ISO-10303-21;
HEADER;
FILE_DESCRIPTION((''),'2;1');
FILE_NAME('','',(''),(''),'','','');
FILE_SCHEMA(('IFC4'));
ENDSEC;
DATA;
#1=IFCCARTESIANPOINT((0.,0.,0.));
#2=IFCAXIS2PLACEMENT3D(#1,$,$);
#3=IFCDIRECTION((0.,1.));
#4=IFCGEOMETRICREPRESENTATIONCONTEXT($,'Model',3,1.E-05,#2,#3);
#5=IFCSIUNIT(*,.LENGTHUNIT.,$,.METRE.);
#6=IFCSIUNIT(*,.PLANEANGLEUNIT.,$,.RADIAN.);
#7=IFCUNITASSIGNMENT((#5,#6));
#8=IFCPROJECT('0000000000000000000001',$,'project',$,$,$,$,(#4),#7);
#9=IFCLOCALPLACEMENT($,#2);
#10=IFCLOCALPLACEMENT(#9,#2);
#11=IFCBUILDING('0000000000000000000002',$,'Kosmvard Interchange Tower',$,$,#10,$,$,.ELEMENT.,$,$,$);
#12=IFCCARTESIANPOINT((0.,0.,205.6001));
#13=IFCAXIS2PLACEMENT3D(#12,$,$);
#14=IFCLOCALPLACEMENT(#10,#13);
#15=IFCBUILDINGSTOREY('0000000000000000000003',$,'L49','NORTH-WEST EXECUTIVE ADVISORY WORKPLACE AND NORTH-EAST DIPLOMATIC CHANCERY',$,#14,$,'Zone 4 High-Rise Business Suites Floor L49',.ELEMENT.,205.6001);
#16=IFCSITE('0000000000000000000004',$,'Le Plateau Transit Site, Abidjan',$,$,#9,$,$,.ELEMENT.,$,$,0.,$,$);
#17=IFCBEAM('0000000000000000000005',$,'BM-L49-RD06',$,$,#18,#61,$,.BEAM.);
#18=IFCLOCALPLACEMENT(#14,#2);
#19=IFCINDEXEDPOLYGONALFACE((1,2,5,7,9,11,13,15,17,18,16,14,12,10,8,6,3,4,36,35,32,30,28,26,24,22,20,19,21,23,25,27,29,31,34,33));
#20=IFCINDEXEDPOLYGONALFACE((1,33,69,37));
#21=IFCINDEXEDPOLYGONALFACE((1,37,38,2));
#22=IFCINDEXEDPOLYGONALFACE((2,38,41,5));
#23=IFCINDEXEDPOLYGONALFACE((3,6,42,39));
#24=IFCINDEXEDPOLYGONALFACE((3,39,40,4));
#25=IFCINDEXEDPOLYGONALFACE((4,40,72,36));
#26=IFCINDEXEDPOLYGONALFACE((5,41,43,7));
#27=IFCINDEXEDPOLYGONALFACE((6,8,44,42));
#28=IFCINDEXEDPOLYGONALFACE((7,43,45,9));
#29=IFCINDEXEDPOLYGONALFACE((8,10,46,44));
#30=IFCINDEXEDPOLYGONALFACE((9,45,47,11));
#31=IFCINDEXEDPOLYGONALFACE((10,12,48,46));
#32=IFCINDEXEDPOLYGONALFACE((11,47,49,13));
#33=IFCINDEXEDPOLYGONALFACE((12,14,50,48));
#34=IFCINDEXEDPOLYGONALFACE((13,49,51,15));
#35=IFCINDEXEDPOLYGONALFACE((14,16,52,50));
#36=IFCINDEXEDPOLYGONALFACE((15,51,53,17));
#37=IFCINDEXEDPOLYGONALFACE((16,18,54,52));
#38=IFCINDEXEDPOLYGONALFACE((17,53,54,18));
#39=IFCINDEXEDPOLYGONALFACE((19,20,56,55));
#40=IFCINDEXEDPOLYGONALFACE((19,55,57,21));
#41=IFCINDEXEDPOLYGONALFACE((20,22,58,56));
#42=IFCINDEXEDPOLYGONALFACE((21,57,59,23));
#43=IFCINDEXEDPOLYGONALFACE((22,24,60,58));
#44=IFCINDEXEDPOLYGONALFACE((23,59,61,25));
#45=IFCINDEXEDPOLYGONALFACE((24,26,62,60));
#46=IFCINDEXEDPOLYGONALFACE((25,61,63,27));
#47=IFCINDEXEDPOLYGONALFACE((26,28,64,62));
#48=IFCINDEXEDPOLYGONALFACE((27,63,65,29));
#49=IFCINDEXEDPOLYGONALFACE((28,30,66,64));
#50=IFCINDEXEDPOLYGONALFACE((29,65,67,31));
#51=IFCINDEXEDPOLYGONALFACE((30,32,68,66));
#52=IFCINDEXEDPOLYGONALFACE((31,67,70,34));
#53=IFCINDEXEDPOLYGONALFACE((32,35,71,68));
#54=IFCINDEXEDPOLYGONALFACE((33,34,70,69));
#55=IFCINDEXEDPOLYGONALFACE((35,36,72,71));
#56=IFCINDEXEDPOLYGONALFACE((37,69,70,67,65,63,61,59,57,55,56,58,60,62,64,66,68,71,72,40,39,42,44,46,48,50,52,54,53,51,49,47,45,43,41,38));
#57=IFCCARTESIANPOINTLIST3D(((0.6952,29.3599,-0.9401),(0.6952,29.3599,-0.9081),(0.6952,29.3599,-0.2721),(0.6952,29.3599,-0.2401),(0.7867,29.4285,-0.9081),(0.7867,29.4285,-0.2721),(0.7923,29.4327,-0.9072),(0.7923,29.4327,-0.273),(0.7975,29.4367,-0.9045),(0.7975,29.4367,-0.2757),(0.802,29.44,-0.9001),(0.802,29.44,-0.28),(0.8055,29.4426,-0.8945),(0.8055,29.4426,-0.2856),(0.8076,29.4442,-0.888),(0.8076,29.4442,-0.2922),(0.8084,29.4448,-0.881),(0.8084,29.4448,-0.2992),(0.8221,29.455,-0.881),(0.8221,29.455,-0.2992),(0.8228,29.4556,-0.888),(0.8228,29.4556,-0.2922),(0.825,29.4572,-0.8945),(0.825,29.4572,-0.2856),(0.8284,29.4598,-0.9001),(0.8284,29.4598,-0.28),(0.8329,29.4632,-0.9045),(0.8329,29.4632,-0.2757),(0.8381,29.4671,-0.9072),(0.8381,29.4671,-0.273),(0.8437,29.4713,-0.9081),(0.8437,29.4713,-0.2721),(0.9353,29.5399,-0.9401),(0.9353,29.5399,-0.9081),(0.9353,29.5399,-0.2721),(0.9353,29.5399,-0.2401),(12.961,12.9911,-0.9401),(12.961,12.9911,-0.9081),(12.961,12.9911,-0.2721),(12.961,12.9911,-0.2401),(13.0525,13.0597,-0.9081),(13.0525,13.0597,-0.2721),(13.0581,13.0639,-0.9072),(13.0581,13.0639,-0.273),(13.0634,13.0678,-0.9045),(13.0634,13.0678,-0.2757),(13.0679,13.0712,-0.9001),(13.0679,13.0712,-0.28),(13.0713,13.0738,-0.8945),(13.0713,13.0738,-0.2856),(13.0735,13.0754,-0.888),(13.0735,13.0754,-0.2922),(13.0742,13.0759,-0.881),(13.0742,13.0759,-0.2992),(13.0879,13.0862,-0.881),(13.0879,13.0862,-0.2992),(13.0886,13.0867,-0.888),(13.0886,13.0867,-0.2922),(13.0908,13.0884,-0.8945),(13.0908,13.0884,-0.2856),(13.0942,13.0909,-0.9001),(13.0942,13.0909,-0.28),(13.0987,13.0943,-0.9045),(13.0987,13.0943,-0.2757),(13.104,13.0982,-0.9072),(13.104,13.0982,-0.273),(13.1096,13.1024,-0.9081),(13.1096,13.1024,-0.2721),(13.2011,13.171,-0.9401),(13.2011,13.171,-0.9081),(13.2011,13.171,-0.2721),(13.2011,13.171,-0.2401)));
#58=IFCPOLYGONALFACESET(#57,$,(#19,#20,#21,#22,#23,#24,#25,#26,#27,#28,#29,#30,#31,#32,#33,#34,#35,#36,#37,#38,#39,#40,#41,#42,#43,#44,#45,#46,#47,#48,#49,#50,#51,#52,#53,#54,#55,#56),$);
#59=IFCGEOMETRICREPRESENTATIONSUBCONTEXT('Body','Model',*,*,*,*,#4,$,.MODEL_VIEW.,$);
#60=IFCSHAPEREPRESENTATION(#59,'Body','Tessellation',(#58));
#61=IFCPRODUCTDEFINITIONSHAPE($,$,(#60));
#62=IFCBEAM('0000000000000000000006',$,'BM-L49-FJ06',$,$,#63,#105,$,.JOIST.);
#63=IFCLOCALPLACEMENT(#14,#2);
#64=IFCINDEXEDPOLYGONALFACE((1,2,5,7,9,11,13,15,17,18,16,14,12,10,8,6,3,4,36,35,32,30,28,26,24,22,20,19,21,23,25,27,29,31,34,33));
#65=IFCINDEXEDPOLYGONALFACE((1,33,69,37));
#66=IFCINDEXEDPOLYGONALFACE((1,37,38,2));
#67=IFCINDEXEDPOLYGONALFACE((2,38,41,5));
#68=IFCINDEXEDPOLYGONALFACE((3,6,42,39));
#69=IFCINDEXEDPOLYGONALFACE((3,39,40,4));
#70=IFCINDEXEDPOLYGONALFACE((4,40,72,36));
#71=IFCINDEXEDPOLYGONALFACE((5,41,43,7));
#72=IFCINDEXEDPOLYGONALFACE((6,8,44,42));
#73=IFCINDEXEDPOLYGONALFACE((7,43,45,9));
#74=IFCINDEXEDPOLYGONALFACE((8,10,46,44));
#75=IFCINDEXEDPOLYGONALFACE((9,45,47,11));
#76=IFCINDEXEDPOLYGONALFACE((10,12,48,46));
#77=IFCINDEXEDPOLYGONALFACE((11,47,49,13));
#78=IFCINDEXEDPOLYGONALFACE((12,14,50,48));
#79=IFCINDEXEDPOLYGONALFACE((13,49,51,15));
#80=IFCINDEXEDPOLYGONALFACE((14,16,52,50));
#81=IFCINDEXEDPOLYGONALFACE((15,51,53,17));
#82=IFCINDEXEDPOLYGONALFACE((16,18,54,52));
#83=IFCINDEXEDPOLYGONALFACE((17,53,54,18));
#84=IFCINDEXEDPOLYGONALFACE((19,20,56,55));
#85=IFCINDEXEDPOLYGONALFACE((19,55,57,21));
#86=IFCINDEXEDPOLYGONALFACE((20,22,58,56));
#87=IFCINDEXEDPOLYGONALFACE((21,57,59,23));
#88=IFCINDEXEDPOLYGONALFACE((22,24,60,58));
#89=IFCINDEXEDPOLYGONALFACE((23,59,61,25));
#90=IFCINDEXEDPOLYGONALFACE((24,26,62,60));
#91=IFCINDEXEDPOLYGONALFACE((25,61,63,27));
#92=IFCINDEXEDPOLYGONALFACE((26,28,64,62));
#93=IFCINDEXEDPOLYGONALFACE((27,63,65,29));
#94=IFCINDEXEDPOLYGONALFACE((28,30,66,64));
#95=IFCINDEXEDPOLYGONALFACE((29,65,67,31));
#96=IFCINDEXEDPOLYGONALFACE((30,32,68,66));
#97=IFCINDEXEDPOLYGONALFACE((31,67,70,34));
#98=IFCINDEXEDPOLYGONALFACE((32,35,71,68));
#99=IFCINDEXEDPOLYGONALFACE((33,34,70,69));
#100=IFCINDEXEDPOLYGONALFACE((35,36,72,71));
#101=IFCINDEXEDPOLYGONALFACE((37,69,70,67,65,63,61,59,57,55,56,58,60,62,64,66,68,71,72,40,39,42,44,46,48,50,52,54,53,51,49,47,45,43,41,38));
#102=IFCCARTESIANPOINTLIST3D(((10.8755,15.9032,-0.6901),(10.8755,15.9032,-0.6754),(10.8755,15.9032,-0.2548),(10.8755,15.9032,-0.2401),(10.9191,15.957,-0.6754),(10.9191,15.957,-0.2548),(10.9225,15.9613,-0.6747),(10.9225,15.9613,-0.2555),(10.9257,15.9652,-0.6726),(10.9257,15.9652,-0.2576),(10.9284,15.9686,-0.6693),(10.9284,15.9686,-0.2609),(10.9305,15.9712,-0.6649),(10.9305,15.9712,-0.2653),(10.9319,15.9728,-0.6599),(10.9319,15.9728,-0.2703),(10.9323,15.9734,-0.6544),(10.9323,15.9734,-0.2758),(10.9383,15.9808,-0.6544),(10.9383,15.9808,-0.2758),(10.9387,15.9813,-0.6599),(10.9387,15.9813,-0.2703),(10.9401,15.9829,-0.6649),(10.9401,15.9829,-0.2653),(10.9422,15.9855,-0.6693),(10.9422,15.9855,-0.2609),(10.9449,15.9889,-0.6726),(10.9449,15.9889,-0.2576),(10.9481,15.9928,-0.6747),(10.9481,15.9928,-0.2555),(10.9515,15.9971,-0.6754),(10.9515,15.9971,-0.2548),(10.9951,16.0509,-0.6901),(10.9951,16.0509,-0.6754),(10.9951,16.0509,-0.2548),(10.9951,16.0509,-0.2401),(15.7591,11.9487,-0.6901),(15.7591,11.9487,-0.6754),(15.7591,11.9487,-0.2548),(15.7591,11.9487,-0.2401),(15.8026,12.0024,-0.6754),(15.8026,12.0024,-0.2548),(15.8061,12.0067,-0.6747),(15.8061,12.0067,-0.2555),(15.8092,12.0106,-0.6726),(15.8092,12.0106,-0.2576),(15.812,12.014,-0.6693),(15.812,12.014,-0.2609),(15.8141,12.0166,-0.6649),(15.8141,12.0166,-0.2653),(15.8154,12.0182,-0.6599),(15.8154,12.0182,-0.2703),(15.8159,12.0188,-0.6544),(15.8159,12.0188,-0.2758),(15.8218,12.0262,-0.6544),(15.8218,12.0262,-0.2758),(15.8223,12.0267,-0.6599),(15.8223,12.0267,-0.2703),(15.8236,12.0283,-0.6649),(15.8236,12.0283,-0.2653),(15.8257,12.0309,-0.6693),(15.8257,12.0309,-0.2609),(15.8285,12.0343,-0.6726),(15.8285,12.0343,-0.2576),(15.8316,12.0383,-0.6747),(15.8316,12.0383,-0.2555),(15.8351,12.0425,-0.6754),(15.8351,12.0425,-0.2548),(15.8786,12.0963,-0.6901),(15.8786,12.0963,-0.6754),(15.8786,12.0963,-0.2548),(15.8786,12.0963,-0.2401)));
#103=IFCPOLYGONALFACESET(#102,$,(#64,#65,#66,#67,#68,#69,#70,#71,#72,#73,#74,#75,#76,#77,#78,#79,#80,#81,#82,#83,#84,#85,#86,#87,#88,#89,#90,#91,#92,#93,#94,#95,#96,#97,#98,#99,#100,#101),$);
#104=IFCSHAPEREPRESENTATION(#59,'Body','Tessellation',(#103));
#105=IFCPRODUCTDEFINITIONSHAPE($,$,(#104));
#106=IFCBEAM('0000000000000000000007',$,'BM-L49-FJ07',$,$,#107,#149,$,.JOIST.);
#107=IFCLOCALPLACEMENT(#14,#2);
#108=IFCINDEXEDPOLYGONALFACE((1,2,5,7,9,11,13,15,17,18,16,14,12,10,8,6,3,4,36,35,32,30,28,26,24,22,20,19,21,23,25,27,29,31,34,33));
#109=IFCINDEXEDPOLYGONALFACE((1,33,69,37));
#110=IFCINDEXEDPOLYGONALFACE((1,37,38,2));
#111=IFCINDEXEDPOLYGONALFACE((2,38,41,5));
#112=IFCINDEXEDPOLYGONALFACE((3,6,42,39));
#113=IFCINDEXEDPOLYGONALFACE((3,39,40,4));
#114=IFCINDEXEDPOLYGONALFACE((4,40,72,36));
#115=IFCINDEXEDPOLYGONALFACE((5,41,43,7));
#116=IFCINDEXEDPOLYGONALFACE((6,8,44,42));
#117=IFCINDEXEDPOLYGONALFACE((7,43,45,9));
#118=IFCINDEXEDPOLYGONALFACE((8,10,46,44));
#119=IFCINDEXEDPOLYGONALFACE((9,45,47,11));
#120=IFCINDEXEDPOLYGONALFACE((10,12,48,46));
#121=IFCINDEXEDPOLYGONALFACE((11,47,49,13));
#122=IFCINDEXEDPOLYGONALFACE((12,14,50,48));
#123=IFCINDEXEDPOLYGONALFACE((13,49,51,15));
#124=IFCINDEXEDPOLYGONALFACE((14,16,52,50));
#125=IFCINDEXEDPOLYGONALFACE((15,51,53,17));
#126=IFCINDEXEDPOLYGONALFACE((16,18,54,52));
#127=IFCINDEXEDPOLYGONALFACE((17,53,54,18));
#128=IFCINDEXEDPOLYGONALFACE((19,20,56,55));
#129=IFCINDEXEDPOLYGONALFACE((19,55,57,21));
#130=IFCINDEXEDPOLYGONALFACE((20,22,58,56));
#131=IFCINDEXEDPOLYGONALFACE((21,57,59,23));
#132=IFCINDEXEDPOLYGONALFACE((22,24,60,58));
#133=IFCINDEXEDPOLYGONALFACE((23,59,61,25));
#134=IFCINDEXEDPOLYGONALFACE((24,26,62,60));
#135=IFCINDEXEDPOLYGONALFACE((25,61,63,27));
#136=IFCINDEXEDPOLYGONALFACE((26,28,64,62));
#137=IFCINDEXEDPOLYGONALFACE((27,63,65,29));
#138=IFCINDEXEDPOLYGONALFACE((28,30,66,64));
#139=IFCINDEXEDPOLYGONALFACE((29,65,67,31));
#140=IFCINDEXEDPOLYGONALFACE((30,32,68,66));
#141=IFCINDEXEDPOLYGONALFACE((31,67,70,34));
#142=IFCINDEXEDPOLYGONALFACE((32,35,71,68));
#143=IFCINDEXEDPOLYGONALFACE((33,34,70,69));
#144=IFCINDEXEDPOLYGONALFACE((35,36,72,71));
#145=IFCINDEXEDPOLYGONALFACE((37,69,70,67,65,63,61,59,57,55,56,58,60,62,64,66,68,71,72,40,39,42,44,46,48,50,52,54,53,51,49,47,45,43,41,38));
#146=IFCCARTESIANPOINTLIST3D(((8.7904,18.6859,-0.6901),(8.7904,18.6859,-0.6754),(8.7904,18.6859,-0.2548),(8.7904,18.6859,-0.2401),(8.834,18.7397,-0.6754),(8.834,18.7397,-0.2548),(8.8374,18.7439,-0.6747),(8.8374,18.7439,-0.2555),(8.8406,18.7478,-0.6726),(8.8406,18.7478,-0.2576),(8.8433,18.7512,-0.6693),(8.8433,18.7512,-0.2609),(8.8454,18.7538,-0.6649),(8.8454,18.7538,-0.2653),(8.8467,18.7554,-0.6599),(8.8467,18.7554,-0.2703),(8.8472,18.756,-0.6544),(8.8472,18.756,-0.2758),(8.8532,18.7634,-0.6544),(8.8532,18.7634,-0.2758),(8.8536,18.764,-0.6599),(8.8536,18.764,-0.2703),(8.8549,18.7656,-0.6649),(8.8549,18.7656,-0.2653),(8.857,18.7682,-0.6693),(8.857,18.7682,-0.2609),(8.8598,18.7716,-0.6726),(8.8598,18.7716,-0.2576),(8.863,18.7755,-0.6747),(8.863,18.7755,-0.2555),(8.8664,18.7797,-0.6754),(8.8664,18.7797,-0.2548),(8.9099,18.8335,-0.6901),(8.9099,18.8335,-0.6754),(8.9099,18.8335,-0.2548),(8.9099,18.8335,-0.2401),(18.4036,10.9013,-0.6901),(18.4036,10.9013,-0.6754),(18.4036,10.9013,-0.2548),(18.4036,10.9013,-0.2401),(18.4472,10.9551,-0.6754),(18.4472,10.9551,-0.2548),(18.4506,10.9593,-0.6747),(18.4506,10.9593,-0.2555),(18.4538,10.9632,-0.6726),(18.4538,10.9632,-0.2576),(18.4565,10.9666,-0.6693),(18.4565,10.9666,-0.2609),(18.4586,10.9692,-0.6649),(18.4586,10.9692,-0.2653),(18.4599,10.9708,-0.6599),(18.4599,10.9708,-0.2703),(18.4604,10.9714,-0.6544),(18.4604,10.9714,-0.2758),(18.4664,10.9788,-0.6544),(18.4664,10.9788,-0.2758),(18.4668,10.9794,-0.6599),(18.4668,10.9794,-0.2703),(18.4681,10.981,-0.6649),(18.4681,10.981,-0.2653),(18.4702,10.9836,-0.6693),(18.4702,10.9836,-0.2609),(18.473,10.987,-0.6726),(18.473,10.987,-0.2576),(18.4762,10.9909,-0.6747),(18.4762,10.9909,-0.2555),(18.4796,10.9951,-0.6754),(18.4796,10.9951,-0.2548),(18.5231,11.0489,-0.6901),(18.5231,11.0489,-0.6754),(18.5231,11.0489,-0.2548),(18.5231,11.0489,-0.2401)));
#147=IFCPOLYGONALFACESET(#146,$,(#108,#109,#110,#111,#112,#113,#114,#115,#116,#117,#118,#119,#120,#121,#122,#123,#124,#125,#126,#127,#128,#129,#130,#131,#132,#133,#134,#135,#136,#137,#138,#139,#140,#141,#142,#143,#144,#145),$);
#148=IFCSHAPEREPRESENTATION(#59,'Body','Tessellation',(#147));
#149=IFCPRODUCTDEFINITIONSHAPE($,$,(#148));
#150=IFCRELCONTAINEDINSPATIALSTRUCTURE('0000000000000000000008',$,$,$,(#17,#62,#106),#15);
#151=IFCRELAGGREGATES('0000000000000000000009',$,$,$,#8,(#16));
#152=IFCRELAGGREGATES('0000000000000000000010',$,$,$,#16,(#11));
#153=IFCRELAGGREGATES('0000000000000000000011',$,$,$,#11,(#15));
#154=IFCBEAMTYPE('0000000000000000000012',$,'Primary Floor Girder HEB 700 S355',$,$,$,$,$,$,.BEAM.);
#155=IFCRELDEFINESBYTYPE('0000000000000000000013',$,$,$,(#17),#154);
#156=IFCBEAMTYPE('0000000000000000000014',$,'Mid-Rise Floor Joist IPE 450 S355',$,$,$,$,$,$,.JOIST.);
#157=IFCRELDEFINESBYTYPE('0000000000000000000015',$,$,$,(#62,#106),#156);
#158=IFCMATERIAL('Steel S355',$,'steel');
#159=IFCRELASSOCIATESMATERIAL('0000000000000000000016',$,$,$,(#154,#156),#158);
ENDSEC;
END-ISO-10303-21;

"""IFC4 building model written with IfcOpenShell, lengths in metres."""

from ifc_helpers import new_model, si_unit, direction, frame, origin, origin_2d, place, context, subcontext, project, spatial, i_section, extrude, source, transform, mapped, material, material_profile, profile_set, type_object, element, save


model = new_model("IFC4")

# Units and contexts
model_context = context("Model", 3, precision=1e-05, world=origin(), true_north=direction((0.0, 1.0)))
body_context = subcontext(model_context, "Body", "Model", "MODEL_VIEW")
ifc_project = project(units=[si_unit("LENGTHUNIT", "METRE"), si_unit("PLANEANGLEUNIT", "RADIAN")], contexts=[model_context])

# Site, building, storey
site_placement = place(None, origin())
site = spatial("IfcSite", under=ifc_project, at=site_placement, Name="Le Plateau Transit Site, Abidjan", CompositionType="ELEMENT", RefElevation=0.0)
building_placement = place(site_placement, origin())
building = spatial("IfcBuilding", under=site, at=building_placement, Name="Kosmvard Interchange Tower", CompositionType="ELEMENT")
storey_placement = place(building_placement, frame((0.0, 0.0, 205.6001)))
storey = spatial("IfcBuildingStorey", under=building, at=storey_placement, Name="L49", Description="NORTH-WEST EXECUTIVE ADVISORY WORKPLACE AND NORTH-EAST DIPLOMATIC CHANCERY", LongName="Zone 4 High-Rise Business Suites Floor L49", CompositionType="ELEMENT", Elevation=205.6001)

# Beams
ifc_material_1 = material(Name="Steel S355", Category="steel")
ifc_material_profile_1 = material_profile(ifc_material_1, i_section(OverallWidth=0.3, OverallDepth=0.7, WebThickness=0.0171, FlangeThickness=0.032, FilletRadius=0.0271, at=origin_2d()), Name="HEB 700")
ifc_profile_set_1 = profile_set([ifc_material_profile_1], Name="Steel S355")
beam_type_1 = type_object("IfcBeamType", Name="Primary Floor Girder HEB 700 S355", PredefinedType="BEAM", material=ifc_profile_set_1)
shared_shape_1 = source(origin(), body_context, "Body", "SweptSolid", [
    extrude(i_section(OverallWidth=0.3, OverallDepth=0.7, WebThickness=0.0171, FlangeThickness=0.032, FilletRadius=0.0271, at=origin_2d()), origin(), (0.0, 0.0, 1.0), 20.4546),
])
beam_1_placement = place(storey_placement, frame((13.0811, 13.0811, -0.5901), z_axis=(-0.599662, 0.800253, 0.0), x_axis=(-0.800253, -0.599662, 0.0)))
element("IfcBeam", 1, at=beam_1_placement, inside=storey, type_object=beam_type_1, Name="BM-L49-RD06", PredefinedType="BEAM", context=body_context, shape_type="MappedRepresentation", body=[
    mapped(shared_shape_1, transform((0.0, 0.0, 0.0), scale=1.0)),
])
ifc_material_profile_2 = material_profile(ifc_material_1, i_section(OverallWidth=0.1899, OverallDepth=0.45, WebThickness=0.0095, FlangeThickness=0.0146, FilletRadius=0.021, at=origin_2d()), Name="IPE 450")
ifc_profile_set_2 = profile_set([ifc_material_profile_2], Name="Steel S355")
beam_type_2 = type_object("IfcBeamType", Name="Mid-Rise Floor Joist IPE 450 S355", PredefinedType="JOIST", material=ifc_profile_set_2)
shared_shape_2 = source(origin(), body_context, "Body", "SweptSolid", [
    extrude(i_section(OverallWidth=0.1899, OverallDepth=0.45, WebThickness=0.0095, FlangeThickness=0.0146, FilletRadius=0.021, at=origin_2d()), origin(), (0.0, 0.0, 1.0), 6.2839),
])
beam_2_placement = place(storey_placement, frame((15.8188, 12.0225, -0.4651), z_axis=(-0.777148, 0.629318, 0.0), x_axis=(-0.629318, -0.777148, 0.0)))
element("IfcBeam", 2, at=beam_2_placement, inside=storey, type_object=beam_type_2, Name="BM-L49-FJ06", PredefinedType="JOIST", context=body_context, shape_type="MappedRepresentation", body=[
    mapped(shared_shape_2, transform((0.0, 0.0, 0.0), scale=1.0)),
])
shared_shape_3 = source(origin(), body_context, "Body", "SweptSolid", [
    extrude(i_section(OverallWidth=0.1899, OverallDepth=0.45, WebThickness=0.0095, FlangeThickness=0.0146, FilletRadius=0.021, at=origin_2d()), origin(), (0.0, 0.0, 1.0), 12.3699),
])
beam_3_placement = place(storey_placement, frame((18.4634, 10.9751, -0.4651), z_axis=(-0.777147, 0.62932, 0.0), x_axis=(-0.62932, -0.777147, 0.0)))
element("IfcBeam", 3, at=beam_3_placement, inside=storey, type_object=beam_type_2, Name="BM-L49-FJ07", PredefinedType="JOIST", context=body_context, shape_type="MappedRepresentation", body=[
    mapped(shared_shape_3, transform((0.0, 0.0, 0.0), scale=1.0)),
])

save(model, "model.ifc")
